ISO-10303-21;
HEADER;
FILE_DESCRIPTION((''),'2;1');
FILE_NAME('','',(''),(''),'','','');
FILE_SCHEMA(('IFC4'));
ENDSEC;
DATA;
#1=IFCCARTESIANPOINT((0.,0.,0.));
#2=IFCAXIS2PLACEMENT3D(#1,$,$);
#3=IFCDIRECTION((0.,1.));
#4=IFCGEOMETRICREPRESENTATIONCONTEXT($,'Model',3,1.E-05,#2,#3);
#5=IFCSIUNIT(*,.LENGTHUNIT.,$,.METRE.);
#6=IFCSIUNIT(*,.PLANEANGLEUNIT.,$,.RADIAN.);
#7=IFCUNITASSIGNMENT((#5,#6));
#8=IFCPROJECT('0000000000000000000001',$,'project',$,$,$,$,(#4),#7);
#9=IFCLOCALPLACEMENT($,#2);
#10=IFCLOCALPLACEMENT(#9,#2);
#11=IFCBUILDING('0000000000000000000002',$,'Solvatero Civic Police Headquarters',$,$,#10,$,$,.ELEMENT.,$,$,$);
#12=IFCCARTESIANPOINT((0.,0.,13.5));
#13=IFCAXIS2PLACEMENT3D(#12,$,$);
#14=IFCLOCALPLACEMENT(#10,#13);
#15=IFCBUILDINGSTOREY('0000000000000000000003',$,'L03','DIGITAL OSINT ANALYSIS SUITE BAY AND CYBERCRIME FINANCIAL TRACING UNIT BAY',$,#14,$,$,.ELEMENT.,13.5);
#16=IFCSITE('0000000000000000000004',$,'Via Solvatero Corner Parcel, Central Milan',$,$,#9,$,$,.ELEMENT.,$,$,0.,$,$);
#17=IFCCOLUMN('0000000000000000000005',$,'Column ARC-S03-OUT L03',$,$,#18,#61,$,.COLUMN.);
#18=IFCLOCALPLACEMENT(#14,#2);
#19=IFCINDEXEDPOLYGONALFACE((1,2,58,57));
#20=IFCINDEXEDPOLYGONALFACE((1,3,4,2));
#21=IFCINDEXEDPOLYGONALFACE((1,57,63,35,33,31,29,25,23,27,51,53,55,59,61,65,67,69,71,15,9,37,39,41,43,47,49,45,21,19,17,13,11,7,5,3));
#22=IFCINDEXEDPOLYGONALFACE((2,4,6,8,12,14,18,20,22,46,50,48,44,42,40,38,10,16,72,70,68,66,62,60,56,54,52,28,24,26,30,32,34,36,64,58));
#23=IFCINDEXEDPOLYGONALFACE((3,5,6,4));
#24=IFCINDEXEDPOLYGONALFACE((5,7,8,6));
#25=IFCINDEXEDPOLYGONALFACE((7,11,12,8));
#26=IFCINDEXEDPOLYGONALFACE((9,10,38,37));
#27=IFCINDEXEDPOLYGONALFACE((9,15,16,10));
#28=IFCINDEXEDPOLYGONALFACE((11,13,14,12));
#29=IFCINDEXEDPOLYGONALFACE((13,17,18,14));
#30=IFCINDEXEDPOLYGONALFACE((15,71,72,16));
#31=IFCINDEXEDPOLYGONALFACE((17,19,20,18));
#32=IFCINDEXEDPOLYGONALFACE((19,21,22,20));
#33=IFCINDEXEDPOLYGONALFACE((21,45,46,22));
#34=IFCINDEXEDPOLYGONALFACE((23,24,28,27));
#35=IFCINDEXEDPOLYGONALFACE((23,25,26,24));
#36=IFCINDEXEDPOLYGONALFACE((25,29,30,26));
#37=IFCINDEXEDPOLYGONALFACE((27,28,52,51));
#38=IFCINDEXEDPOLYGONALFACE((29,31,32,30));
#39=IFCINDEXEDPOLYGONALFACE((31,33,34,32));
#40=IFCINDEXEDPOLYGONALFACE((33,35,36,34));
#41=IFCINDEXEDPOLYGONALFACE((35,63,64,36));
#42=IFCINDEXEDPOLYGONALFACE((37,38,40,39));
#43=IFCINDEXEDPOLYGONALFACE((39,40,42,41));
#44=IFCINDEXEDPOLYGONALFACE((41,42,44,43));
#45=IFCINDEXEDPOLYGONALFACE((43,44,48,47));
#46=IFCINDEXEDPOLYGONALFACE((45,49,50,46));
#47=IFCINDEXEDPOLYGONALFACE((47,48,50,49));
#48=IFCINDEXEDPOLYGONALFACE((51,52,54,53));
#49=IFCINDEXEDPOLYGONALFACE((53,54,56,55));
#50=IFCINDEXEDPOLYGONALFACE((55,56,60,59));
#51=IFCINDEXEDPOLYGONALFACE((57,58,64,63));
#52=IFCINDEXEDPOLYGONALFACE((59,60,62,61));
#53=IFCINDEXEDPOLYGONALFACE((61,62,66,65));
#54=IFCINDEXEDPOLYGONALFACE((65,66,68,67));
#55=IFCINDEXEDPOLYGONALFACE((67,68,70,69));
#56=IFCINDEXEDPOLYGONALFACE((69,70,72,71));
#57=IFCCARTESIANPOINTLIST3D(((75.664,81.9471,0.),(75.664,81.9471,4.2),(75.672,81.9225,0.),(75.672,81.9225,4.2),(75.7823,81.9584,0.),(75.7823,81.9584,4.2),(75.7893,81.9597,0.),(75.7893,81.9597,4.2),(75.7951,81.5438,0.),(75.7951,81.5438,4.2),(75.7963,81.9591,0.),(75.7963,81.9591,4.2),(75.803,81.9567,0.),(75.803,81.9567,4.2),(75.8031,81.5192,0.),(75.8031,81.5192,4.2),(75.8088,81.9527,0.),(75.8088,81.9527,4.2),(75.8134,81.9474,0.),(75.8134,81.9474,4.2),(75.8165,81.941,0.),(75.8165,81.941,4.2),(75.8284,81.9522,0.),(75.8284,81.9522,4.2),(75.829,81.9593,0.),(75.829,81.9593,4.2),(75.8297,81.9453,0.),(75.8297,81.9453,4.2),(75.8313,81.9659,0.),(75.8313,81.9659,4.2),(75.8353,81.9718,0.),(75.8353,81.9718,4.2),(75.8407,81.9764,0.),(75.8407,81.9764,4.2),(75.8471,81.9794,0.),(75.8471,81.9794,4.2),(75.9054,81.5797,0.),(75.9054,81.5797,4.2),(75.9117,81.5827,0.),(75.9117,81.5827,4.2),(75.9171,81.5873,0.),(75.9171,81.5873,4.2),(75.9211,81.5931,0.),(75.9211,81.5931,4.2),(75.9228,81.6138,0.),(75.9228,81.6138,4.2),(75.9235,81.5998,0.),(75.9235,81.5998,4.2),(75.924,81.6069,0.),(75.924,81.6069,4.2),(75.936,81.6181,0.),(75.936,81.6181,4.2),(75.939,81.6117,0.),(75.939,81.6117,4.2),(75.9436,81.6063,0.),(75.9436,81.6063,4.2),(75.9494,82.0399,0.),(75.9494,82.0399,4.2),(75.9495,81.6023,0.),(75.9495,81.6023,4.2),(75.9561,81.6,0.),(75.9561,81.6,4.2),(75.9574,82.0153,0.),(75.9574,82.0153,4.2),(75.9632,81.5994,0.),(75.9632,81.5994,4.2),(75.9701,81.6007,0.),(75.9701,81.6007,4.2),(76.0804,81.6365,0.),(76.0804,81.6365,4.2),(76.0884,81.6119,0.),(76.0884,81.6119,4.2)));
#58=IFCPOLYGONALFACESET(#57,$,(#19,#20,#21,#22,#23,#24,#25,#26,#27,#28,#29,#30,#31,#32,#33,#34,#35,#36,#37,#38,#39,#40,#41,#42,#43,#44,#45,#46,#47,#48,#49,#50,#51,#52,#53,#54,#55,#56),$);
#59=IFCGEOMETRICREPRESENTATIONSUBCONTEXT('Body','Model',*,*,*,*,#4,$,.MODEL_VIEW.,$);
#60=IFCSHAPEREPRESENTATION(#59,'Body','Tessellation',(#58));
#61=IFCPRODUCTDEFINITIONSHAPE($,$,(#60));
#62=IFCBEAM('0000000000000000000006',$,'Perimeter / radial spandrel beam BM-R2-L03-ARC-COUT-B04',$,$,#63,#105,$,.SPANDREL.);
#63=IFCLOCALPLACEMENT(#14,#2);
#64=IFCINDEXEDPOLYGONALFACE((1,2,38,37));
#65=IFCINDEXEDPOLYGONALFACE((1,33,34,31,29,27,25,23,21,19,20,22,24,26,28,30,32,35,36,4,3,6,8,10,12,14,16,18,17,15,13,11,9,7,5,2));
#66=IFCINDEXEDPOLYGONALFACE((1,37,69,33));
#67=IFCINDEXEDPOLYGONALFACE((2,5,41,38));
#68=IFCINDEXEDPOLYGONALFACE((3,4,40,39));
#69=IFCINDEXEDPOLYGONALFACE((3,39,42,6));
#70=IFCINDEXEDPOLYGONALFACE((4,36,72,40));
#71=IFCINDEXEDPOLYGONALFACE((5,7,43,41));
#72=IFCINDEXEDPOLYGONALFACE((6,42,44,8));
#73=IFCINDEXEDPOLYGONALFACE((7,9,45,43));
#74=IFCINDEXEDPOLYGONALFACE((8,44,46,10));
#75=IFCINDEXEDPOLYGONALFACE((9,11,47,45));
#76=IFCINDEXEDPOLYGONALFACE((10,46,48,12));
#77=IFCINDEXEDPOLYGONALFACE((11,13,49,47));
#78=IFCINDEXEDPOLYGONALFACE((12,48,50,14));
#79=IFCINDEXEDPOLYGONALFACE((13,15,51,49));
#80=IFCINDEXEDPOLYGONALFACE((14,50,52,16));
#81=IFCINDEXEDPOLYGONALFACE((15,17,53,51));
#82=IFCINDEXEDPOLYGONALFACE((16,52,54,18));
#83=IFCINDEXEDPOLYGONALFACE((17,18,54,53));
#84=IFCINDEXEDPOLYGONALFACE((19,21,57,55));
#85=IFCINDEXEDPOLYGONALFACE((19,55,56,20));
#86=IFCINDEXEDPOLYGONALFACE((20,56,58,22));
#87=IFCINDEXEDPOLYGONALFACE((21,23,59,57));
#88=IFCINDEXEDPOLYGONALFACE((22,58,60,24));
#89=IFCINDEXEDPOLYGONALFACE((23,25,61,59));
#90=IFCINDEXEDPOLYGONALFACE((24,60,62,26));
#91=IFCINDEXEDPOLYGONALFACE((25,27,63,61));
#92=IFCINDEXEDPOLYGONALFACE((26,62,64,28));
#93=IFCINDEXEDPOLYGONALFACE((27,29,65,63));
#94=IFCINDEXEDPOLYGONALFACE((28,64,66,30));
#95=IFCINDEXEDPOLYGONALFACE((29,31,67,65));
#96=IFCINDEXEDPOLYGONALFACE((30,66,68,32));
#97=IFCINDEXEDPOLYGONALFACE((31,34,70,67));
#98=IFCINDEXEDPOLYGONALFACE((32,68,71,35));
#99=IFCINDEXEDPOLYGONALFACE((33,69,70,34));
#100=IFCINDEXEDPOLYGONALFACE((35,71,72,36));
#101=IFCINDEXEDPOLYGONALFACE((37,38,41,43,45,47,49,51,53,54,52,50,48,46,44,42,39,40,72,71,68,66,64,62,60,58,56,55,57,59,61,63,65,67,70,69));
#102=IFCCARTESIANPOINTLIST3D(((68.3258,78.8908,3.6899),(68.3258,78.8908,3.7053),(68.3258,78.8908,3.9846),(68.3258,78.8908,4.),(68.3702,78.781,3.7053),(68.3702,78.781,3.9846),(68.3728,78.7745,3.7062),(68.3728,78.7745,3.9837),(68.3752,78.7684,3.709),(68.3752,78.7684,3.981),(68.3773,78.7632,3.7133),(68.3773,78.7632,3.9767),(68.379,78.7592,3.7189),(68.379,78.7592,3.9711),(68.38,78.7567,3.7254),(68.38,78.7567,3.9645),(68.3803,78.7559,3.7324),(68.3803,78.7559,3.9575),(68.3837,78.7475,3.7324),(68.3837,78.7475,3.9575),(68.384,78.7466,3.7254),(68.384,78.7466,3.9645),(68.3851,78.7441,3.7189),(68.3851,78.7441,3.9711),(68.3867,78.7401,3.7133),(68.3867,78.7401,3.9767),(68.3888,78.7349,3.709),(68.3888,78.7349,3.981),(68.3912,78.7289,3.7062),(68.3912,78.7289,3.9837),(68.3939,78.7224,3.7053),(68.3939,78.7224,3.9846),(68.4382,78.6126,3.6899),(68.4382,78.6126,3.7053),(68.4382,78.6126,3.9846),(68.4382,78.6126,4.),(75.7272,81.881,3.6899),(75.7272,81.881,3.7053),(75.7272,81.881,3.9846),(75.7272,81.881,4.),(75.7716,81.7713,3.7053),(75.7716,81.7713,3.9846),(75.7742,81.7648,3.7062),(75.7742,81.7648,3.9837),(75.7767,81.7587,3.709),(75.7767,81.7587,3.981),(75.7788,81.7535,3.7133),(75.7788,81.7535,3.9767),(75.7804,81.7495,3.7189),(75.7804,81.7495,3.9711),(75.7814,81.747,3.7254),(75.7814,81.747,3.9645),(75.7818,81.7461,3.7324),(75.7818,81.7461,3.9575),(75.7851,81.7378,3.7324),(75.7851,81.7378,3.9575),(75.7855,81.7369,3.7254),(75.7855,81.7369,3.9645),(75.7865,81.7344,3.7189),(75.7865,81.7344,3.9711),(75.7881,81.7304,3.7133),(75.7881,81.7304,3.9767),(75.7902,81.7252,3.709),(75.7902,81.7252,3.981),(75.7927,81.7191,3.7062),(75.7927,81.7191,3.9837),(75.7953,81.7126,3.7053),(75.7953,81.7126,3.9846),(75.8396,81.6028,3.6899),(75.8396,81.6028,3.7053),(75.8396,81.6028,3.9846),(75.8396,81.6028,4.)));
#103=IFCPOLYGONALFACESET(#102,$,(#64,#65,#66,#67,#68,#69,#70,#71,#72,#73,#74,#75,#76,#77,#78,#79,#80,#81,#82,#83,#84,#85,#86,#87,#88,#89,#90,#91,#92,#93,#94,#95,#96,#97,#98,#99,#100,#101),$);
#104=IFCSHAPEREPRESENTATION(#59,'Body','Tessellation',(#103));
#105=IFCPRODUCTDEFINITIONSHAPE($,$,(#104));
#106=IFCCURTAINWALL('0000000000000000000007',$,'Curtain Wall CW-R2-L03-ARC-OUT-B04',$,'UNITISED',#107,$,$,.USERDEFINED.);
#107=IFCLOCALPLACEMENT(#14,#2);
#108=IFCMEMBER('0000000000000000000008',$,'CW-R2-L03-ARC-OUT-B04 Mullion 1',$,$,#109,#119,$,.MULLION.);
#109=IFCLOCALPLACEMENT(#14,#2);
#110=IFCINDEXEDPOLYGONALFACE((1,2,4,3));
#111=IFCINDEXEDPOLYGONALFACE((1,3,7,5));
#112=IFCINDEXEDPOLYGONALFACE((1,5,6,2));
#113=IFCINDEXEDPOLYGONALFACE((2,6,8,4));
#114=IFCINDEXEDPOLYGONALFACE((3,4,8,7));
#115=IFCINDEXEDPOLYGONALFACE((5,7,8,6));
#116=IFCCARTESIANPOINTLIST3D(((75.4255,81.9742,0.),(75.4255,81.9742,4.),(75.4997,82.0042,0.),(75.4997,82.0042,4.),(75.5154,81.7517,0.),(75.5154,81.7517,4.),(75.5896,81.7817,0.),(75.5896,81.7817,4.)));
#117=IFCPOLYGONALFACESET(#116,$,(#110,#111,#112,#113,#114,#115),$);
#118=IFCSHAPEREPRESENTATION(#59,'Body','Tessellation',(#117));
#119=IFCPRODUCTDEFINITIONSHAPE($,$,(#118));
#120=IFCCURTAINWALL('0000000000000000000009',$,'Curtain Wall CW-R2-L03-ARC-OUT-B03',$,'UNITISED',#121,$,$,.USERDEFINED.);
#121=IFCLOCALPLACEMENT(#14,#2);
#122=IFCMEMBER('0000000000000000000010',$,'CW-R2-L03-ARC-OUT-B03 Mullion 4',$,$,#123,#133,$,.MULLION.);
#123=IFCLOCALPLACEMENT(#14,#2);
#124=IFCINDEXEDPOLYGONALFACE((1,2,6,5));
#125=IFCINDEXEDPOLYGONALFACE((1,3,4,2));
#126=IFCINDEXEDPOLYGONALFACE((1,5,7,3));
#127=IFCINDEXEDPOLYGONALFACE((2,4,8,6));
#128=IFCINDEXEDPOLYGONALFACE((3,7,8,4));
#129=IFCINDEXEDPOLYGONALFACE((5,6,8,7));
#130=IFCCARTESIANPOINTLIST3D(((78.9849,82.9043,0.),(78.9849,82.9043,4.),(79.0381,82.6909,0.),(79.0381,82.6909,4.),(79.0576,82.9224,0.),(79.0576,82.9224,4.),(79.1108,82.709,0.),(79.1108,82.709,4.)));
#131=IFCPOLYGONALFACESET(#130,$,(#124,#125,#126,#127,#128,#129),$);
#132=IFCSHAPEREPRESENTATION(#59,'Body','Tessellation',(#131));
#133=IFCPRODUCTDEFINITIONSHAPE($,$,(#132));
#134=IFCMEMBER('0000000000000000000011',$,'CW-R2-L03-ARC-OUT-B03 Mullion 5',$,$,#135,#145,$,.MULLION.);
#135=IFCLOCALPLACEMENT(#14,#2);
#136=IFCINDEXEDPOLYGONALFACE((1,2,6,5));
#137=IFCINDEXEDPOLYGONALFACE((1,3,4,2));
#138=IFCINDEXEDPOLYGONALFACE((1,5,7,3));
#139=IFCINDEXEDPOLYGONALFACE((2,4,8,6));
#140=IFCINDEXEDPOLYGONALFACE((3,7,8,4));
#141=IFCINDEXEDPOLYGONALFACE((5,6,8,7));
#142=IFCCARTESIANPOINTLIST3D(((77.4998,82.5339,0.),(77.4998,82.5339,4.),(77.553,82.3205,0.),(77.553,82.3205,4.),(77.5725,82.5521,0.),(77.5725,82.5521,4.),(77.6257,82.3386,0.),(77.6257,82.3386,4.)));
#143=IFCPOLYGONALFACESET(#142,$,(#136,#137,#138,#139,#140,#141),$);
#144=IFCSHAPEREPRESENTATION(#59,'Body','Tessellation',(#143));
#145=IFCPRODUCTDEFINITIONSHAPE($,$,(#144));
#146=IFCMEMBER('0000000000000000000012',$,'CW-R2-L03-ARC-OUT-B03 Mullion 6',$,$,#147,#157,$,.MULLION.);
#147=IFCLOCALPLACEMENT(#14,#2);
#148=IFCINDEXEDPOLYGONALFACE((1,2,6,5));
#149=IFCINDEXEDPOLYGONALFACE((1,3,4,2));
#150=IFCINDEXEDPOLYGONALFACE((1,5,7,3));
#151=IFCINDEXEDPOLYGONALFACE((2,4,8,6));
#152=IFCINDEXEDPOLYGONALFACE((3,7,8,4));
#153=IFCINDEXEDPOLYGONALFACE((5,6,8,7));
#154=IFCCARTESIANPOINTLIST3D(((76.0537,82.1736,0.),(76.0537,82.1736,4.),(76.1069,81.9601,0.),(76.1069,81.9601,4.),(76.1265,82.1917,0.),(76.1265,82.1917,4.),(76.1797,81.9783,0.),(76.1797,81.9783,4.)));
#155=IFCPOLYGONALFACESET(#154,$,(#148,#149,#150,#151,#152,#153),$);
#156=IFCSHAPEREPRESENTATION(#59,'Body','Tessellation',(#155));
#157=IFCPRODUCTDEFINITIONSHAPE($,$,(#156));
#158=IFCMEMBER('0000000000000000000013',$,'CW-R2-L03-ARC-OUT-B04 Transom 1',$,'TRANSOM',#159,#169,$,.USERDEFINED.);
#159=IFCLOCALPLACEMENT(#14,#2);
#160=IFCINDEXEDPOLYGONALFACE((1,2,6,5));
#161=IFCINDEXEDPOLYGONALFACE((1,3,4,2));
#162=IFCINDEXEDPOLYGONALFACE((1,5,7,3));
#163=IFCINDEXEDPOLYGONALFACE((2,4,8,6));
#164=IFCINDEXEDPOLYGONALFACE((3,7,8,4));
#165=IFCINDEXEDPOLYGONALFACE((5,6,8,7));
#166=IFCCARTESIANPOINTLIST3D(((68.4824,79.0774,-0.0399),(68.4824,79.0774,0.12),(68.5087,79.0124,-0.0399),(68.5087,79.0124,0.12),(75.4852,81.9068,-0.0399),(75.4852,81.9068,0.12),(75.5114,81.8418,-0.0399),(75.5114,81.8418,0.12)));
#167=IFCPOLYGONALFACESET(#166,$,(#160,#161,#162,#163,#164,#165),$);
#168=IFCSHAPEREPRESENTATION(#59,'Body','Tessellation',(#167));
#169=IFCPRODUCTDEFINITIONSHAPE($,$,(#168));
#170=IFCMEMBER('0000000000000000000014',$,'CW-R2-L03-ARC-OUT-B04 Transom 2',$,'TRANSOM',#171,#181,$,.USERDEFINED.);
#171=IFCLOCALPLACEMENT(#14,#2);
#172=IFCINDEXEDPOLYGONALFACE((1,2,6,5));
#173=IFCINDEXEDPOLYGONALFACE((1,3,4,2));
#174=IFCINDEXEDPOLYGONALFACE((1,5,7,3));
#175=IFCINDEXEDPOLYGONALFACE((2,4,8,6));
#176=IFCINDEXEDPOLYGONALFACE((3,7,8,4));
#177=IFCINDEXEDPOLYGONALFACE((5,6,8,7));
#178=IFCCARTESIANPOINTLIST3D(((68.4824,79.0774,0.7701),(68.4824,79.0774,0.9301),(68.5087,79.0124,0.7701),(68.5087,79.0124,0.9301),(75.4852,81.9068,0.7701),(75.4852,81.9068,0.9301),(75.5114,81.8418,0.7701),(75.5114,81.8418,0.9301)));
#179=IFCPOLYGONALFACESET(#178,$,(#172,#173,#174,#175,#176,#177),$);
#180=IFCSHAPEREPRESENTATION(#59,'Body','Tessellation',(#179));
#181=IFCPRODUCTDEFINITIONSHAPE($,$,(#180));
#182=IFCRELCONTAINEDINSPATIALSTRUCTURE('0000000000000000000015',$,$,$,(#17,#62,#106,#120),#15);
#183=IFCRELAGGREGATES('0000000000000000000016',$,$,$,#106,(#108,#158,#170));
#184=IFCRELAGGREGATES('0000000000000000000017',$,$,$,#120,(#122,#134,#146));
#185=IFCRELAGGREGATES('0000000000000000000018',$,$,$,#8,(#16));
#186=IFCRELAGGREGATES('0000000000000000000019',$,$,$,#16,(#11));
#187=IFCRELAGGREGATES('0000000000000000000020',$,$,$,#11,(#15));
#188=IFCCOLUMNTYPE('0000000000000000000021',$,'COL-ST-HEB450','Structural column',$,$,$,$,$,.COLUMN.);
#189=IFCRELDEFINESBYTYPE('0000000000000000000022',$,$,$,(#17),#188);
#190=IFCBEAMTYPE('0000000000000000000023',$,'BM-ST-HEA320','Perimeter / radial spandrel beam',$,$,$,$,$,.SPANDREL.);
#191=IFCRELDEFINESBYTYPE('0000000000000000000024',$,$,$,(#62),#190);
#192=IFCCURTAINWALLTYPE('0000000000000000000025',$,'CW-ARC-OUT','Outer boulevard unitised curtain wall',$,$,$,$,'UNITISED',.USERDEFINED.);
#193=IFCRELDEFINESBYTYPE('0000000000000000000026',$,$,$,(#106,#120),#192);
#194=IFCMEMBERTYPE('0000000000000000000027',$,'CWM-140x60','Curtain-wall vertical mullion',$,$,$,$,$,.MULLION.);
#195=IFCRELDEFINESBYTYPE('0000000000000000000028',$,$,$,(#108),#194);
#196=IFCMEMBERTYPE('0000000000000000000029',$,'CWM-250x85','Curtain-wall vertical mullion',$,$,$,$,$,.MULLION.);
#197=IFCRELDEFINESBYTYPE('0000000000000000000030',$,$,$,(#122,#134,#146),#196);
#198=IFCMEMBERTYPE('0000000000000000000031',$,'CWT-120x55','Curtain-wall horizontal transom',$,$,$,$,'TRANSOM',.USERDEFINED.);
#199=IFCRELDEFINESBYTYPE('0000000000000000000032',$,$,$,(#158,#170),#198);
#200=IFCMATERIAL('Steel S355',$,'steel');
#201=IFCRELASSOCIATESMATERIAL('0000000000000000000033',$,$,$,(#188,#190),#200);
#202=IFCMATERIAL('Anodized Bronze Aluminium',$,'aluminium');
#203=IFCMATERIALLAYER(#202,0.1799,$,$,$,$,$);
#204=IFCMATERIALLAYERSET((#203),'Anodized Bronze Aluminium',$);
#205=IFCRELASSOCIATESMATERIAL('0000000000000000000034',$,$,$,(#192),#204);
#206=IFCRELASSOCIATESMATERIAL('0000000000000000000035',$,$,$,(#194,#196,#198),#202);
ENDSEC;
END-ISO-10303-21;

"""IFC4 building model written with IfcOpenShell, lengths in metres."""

from ifc_helpers import new_model, si_unit, direction, frame, origin, origin_2d, place, context, subcontext, project, spatial, rectangle, i_section, extrude, material, layer, layer_set, material_profile, profile_set, type_object, element, aggregate, save


model = new_model("IFC4")

# Units and contexts
model_context = context("Model", 3, precision=1e-05, world=origin(), true_north=direction((0.0, 1.0)))
body_context = subcontext(model_context, "Body", "Model", "MODEL_VIEW")
ifc_project = project(units=[si_unit("LENGTHUNIT", "METRE"), si_unit("PLANEANGLEUNIT", "RADIAN")], contexts=[model_context])

# Site, building, storey
site_placement = place(None, origin())
site = spatial("IfcSite", under=ifc_project, at=site_placement, Name="Via Solvatero Corner Parcel, Central Milan", CompositionType="ELEMENT", RefElevation=0.0)
building_placement = place(site_placement, origin())
building = spatial("IfcBuilding", under=site, at=building_placement, Name="Solvatero Civic Police Headquarters", CompositionType="ELEMENT")
storey_placement = place(building_placement, frame((0.0, 0.0, 13.5)))
storey = spatial("IfcBuildingStorey", under=building, at=storey_placement, Name="L03", Description="DIGITAL OSINT ANALYSIS SUITE BAY AND CYBERCRIME FINANCIAL TRACING UNIT BAY", CompositionType="ELEMENT", Elevation=13.5)

# Column
ifc_material_1 = material(Name="Steel S355", Category="steel")
ifc_material_profile_1 = material_profile(ifc_material_1, i_section(OverallWidth=0.3, OverallDepth=0.45, WebThickness=0.0139, FlangeThickness=0.0259, FilletRadius=0.0271, at=origin_2d()), Name="HEB 450")
ifc_profile_set_1 = profile_set([ifc_material_profile_1], Name="Steel S355")
column_type = type_object("IfcColumnType", Name="COL-ST-HEB450", Description="Structural column", PredefinedType="COLUMN", material=ifc_profile_set_1)
column_placement = place(storey_placement, frame((75.8762, 81.7795, 0.0), z_axis=(0.0, 0.0, 1.0), x_axis=(0.951057, 0.309017, 0.0)))
element("IfcColumn", 1, at=column_placement, inside=storey, type_object=column_type, Name="Column ARC-S03-OUT L03", PredefinedType="COLUMN", context=body_context, shape_type="SweptSolid", body=[
    extrude(i_section(OverallWidth=0.3, OverallDepth=0.45, WebThickness=0.0139, FlangeThickness=0.0259, FilletRadius=0.0271, at=origin_2d()), origin(), (0.0, 0.0, 1.0), 4.2),
])

# Beam
ifc_material_profile_2 = material_profile(ifc_material_1, i_section(OverallWidth=0.3, OverallDepth=0.3101, WebThickness=0.009, FlangeThickness=0.0154, FilletRadius=0.0271, at=origin_2d()), Name="HEA 320")
ifc_profile_set_2 = profile_set([ifc_material_profile_2], Name="Steel S355")
beam_type = type_object("IfcBeamType", Name="BM-ST-HEA320", Description="Perimeter / radial spandrel beam", PredefinedType="SPANDREL", material=ifc_profile_set_2)
beam_placement = place(storey_placement, frame((75.7834, 81.7419, 3.845), z_axis=(-0.927189, -0.374595, 0.0), x_axis=(0.374595, -0.927189, 0.0)))
element("IfcBeam", 2, at=beam_placement, inside=storey, type_object=beam_type, Name="Perimeter / radial spandrel beam BM-R2-L03-ARC-COUT-B04", PredefinedType="SPANDREL", context=body_context, shape_type="SweptSolid", body=[
    extrude(i_section(OverallWidth=0.3, OverallDepth=0.3101, WebThickness=0.009, FlangeThickness=0.0154, FilletRadius=0.0271, at=origin_2d()), origin(), (0.0, 0.0, 1.0), 7.9827),
])

# Curtain wall, member
ifc_material_2 = material(Name="Anodized Bronze Aluminium", Category="aluminium")
ifc_layer_1 = layer(ifc_material_2, 0.1799)
ifc_layer_set_1 = layer_set([ifc_layer_1], Name="Anodized Bronze Aluminium")
curtain_wall_type = type_object("IfcCurtainWallType", Name="CW-ARC-OUT", Description="Outer boulevard unitised curtain wall", ElementType="UNITISED", PredefinedType="USERDEFINED", material=ifc_layer_set_1)
curtain_wall_1_placement = place(storey_placement, origin())
curtain_wall_1 = element("IfcCurtainWall", 3, at=curtain_wall_1_placement, inside=storey, type_object=curtain_wall_type, Name="Curtain Wall CW-R2-L03-ARC-OUT-B04", ObjectType="UNITISED", PredefinedType="USERDEFINED")
ifc_material_profile_3 = material_profile(ifc_material_2, rectangle(XDim=0.0801, YDim=0.24, at=origin_2d()), Name="ALU MULLION 80x240")
ifc_profile_set_3 = profile_set([ifc_material_profile_3], Name="Anodized Bronze Aluminium")
member_type_1 = type_object("IfcMemberType", Name="CWM-140x60", Description="Curtain-wall vertical mullion", PredefinedType="MULLION", material=ifc_profile_set_3)
member_1_placement = place(storey_placement, frame((75.5076, 81.8779, 0.0), z_axis=(0.0, 0.0, 1.0), x_axis=(-0.92719, -0.37459, 0.0)))
member_1 = element("IfcMember", 4, at=member_1_placement, type_object=member_type_1, Name="CW-R2-L03-ARC-OUT-B04 Mullion 1", PredefinedType="MULLION", context=body_context, shape_type="SweptSolid", body=[
    extrude(rectangle(XDim=0.0801, YDim=0.24, at=origin_2d()), origin(), (0.0, 0.0, 1.0), 4.0),
])

# Curtain wall, members
curtain_wall_2_placement = place(storey_placement, origin())
curtain_wall_2 = element("IfcCurtainWall", 5, at=curtain_wall_2_placement, inside=storey, type_object=curtain_wall_type, Name="Curtain Wall CW-R2-L03-ARC-OUT-B03", ObjectType="UNITISED", PredefinedType="USERDEFINED")
ifc_material_profile_4 = material_profile(ifc_material_2, rectangle(XDim=0.075, YDim=0.22, at=origin_2d()), Name="ALU MULLION 75x220")
ifc_profile_set_4 = profile_set([ifc_material_profile_4], Name="Anodized Bronze Aluminium")
member_type_2 = type_object("IfcMemberType", Name="CWM-250x85", Description="Curtain-wall vertical mullion", PredefinedType="MULLION", material=ifc_profile_set_4)
member_2_placement = place(storey_placement, frame((79.0479, 82.8066, 0.0), z_axis=(0.0, 0.0, 1.0), x_axis=(-0.970296, -0.241922, 0.0)))
member_2 = element("IfcMember", 6, at=member_2_placement, type_object=member_type_2, Name="CW-R2-L03-ARC-OUT-B03 Mullion 4", PredefinedType="MULLION", context=body_context, shape_type="SweptSolid", body=[
    extrude(rectangle(XDim=0.075, YDim=0.22, at=origin_2d()), origin(), (0.0, 0.0, 1.0), 4.0),
])
member_3_placement = place(storey_placement, frame((77.5627, 82.4363, 0.0), z_axis=(0.0, 0.0, 1.0), x_axis=(-0.970296, -0.241922, 0.0)))
member_3 = element("IfcMember", 7, at=member_3_placement, type_object=member_type_2, Name="CW-R2-L03-ARC-OUT-B03 Mullion 5", PredefinedType="MULLION", context=body_context, shape_type="SweptSolid", body=[
    extrude(rectangle(XDim=0.075, YDim=0.22, at=origin_2d()), origin(), (0.0, 0.0, 1.0), 4.0),
])
member_4_placement = place(storey_placement, frame((76.1167, 82.0759, 0.0), z_axis=(0.0, 0.0, 1.0), x_axis=(-0.970296, -0.241922, 0.0)))
member_4 = element("IfcMember", 8, at=member_4_placement, type_object=member_type_2, Name="CW-R2-L03-ARC-OUT-B03 Mullion 6", PredefinedType="MULLION", context=body_context, shape_type="SweptSolid", body=[
    extrude(rectangle(XDim=0.075, YDim=0.22, at=origin_2d()), origin(), (0.0, 0.0, 1.0), 4.0),
])

# Members
ifc_material_profile_5 = material_profile(ifc_material_2, rectangle(XDim=0.0701, YDim=0.1599, at=origin_2d()), Name="ALU TRANSOM 70x160")
ifc_profile_set_5 = profile_set([ifc_material_profile_5], Name="Anodized Bronze Aluminium")
member_type_3 = type_object("IfcMemberType", Name="CWT-120x55", Description="Curtain-wall horizontal transom", ElementType="TRANSOM", PredefinedType="USERDEFINED", material=ifc_profile_set_5)
member_5_placement = place(storey_placement, frame((75.4983, 81.8743, 0.04), z_axis=(-0.92718, -0.374615, 0.0), x_axis=(0.374615, -0.92718, 0.0)))
member_5 = element("IfcMember", 9, at=member_5_placement, type_object=member_type_3, Name="CW-R2-L03-ARC-OUT-B04 Transom 1", ObjectType="TRANSOM", PredefinedType="USERDEFINED", context=body_context, shape_type="SweptSolid", body=[
    extrude(rectangle(XDim=0.0701, YDim=0.1599, at=origin_2d()), origin(), (0.0, 0.0, 1.0), 7.5527),
])
member_6_placement = place(storey_placement, frame((75.4983, 81.8743, 0.8501), z_axis=(-0.92718, -0.374615, 0.0), x_axis=(0.374615, -0.92718, 0.0)))
member_6 = element("IfcMember", 10, at=member_6_placement, type_object=member_type_3, Name="CW-R2-L03-ARC-OUT-B04 Transom 2", ObjectType="TRANSOM", PredefinedType="USERDEFINED", context=body_context, shape_type="SweptSolid", body=[
    extrude(rectangle(XDim=0.0701, YDim=0.1599, at=origin_2d()), origin(), (0.0, 0.0, 1.0), 7.5527),
])
aggregate(curtain_wall_1, [member_1, member_5, member_6])

aggregate(curtain_wall_2, [member_2, member_3, member_4])

save(model, "model.ifc")
